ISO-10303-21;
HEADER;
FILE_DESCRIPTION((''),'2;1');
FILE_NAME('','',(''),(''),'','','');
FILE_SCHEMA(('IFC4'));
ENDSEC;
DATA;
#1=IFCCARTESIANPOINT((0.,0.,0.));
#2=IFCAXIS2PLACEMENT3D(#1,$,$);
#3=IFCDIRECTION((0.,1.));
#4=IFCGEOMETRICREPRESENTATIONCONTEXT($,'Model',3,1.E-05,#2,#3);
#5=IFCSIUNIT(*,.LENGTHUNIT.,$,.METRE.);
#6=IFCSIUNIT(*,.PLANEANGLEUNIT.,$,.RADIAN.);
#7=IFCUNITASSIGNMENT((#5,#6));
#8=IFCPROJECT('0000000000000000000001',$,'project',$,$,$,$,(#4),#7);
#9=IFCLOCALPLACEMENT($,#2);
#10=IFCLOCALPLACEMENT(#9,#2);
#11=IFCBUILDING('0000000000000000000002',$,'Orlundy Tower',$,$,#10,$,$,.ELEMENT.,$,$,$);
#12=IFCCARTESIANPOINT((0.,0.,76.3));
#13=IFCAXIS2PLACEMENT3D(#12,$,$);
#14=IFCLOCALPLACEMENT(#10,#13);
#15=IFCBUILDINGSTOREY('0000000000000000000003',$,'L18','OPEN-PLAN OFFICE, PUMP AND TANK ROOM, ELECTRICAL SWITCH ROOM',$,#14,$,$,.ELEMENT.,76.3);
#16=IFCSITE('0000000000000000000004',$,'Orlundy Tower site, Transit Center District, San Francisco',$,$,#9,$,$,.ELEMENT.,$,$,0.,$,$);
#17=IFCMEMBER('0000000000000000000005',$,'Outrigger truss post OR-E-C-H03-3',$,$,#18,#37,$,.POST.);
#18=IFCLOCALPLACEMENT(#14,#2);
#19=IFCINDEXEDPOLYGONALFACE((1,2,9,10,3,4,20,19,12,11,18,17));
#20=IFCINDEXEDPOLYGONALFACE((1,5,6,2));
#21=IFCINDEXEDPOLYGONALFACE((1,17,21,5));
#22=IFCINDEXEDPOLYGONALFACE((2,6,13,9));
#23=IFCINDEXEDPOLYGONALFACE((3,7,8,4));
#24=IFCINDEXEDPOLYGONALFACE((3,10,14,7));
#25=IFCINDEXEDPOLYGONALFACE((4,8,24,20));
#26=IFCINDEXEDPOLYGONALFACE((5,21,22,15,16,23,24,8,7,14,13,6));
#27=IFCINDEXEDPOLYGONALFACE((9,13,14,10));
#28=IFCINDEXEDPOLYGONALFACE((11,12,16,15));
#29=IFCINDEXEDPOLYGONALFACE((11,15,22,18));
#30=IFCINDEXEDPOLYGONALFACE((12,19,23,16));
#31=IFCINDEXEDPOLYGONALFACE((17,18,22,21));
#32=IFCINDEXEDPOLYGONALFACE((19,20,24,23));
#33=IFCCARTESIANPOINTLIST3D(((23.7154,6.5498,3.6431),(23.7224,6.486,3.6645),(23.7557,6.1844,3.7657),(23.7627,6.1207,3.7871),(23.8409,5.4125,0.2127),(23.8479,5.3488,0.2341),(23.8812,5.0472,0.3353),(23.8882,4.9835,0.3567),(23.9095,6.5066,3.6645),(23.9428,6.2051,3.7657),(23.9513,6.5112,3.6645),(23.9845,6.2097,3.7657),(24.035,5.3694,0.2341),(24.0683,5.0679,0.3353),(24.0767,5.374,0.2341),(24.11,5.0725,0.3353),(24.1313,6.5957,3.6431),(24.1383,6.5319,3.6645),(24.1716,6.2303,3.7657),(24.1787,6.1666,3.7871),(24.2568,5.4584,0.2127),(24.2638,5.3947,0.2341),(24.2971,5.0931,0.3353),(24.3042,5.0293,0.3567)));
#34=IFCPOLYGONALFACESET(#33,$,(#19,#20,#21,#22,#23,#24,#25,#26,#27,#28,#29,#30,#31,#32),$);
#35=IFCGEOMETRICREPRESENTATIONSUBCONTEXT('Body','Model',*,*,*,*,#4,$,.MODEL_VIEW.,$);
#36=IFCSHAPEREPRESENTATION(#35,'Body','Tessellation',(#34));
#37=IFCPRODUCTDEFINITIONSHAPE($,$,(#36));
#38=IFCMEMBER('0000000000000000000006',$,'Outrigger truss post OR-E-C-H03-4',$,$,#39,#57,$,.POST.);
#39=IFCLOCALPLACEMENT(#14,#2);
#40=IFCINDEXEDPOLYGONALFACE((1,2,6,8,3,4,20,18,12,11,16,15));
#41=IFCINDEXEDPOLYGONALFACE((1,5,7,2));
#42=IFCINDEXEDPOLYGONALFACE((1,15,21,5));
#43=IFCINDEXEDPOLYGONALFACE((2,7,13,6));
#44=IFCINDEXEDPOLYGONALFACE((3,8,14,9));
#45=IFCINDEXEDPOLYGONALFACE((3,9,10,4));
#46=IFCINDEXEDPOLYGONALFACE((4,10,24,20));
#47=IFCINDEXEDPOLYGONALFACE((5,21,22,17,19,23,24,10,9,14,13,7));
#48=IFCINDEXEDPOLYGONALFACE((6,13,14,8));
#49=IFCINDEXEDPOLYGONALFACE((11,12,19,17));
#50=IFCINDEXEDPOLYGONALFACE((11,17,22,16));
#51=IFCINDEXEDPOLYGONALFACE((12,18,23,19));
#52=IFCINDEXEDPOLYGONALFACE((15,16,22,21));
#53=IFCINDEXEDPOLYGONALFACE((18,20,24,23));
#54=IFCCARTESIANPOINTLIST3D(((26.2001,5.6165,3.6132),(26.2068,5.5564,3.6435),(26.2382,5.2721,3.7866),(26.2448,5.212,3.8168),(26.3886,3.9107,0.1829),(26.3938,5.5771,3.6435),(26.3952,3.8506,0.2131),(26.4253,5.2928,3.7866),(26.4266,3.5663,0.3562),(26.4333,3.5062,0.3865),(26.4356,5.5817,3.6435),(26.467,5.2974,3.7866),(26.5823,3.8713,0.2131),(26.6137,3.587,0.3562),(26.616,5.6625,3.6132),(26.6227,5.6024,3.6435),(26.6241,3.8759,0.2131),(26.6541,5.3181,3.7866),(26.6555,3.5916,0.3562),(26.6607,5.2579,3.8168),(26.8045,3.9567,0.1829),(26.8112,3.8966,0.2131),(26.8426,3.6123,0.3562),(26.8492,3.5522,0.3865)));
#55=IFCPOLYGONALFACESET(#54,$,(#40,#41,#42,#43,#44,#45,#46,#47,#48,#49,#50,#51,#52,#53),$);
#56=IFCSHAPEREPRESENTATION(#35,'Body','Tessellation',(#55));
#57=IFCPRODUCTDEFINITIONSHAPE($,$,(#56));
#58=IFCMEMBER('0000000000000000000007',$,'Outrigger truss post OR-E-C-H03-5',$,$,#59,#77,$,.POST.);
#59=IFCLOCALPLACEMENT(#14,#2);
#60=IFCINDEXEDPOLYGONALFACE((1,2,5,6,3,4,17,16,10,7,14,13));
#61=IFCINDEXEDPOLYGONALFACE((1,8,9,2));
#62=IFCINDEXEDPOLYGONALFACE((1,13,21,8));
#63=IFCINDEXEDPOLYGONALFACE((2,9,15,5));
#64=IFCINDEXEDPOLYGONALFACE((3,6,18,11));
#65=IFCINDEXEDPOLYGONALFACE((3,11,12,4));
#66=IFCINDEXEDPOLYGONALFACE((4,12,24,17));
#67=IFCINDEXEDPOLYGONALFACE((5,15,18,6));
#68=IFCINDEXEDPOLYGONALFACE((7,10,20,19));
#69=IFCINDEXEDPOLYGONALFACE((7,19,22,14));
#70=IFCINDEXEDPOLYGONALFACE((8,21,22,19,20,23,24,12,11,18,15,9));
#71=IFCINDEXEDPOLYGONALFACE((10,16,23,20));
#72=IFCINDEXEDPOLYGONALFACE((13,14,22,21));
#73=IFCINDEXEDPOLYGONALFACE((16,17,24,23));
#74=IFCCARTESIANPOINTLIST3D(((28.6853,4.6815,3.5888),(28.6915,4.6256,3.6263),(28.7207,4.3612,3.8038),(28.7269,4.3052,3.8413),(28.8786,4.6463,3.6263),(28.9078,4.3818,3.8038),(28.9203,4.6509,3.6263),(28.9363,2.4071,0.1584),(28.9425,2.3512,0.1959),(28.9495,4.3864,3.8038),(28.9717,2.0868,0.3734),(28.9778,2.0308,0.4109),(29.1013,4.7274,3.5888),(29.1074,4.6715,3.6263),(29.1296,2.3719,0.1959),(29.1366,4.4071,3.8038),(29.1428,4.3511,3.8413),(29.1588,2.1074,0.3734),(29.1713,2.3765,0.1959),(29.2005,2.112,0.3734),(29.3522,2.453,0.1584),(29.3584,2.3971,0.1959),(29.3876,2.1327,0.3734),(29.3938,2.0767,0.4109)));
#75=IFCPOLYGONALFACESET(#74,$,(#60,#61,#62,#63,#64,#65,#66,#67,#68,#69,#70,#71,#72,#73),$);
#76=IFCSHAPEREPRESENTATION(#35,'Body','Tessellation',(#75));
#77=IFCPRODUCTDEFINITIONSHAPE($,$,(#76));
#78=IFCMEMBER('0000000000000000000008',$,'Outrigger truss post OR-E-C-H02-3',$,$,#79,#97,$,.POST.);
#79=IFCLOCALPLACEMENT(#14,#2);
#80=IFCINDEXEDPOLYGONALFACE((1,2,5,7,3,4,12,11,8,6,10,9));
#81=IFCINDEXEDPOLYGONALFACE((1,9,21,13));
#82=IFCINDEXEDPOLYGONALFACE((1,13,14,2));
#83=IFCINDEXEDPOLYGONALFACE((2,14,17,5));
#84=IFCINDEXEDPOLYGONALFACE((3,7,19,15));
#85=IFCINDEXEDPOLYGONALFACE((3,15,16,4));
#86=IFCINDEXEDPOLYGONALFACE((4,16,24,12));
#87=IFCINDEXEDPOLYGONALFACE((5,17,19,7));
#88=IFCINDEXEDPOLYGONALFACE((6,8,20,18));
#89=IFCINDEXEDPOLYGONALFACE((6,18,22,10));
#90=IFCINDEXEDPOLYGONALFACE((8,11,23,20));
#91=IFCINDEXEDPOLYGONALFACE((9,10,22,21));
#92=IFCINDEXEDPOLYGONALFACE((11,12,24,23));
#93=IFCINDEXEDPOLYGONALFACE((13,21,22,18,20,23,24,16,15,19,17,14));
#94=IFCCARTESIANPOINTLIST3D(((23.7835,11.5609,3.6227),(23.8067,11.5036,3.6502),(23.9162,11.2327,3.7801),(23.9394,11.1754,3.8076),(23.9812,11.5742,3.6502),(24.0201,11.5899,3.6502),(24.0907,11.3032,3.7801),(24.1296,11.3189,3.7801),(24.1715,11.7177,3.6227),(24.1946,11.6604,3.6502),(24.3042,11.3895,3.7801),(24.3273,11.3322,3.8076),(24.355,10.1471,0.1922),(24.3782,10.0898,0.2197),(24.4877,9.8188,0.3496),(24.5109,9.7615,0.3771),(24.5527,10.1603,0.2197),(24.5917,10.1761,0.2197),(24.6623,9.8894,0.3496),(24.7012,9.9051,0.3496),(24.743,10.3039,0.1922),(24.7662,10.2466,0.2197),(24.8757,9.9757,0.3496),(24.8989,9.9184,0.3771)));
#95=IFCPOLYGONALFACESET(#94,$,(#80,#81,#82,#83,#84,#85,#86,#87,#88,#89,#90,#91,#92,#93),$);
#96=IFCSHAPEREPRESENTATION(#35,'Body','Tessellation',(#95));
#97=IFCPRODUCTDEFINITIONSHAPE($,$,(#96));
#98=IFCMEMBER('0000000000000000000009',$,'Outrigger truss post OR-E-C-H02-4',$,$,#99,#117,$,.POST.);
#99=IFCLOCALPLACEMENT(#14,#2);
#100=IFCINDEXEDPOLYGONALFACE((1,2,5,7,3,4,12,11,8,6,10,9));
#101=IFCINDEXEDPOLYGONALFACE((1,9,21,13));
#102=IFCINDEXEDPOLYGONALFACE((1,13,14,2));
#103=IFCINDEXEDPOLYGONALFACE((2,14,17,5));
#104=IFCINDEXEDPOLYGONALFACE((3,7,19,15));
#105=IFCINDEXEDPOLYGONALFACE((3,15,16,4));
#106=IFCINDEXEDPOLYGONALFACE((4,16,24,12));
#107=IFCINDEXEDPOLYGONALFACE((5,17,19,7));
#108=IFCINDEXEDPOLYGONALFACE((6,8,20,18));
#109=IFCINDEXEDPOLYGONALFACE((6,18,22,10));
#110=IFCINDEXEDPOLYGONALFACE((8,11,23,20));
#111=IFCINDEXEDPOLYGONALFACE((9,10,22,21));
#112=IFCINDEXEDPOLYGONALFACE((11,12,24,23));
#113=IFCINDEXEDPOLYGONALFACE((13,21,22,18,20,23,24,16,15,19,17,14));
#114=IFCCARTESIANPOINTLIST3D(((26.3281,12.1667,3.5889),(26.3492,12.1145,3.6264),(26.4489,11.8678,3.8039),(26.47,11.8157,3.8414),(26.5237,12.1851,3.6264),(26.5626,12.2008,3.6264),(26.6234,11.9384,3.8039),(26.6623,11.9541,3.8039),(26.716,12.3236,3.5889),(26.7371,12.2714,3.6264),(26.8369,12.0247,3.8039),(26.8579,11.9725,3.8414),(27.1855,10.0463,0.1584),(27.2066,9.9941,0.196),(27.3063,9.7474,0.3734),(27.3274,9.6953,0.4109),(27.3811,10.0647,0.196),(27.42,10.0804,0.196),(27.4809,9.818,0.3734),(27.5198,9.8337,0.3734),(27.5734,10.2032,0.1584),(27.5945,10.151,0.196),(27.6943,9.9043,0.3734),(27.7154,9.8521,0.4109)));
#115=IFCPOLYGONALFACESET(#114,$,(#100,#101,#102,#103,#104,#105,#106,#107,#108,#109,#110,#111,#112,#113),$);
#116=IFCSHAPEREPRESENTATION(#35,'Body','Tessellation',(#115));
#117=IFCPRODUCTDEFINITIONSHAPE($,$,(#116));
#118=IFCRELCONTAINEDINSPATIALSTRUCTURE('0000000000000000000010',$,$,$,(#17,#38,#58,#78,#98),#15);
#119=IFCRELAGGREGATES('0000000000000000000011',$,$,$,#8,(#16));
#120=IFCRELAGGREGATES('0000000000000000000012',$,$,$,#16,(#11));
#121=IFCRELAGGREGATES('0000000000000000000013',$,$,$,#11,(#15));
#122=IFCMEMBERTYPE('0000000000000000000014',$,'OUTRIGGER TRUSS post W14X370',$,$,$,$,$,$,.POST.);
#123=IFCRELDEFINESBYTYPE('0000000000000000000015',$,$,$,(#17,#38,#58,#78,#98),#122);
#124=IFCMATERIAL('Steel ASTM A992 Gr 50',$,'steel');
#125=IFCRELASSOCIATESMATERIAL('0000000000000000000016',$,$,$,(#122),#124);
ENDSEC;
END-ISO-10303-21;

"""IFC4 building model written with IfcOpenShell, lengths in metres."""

from ifc_helpers import new_model, si_unit, direction, frame, origin, origin_2d, place, context, subcontext, project, spatial, i_section, extrude, material, material_profile, profile_set, type_object, element, save


model = new_model("IFC4")

# Units and contexts
model_context = context("Model", 3, precision=1e-05, world=origin(), true_north=direction((0.0, 1.0)))
body_context = subcontext(model_context, "Body", "Model", "MODEL_VIEW")
ifc_project = project(units=[si_unit("LENGTHUNIT", "METRE"), si_unit("PLANEANGLEUNIT", "RADIAN")], contexts=[model_context])

# Site, building, storey
site_placement = place(None, origin())
site = spatial("IfcSite", under=ifc_project, at=site_placement, Name="Orlundy Tower site, Transit Center District, San Francisco", CompositionType="ELEMENT", RefElevation=0.0)
building_placement = place(site_placement, origin())
building = spatial("IfcBuilding", under=site, at=building_placement, Name="Orlundy Tower", CompositionType="ELEMENT")
storey_placement = place(building_placement, frame((0.0, 0.0, 76.3)))
storey = spatial("IfcBuildingStorey", under=building, at=storey_placement, Name="L18", Description="OPEN-PLAN OFFICE, PUMP AND TANK ROOM, ELECTRICAL SWITCH ROOM", CompositionType="ELEMENT", Elevation=76.3)

# Members
ifc_material_1 = material(Name="Steel ASTM A992 Gr 50", Category="steel")
ifc_material_profile_1 = material_profile(ifc_material_1, i_section(OverallWidth=0.4185, OverallDepth=0.4551, WebThickness=0.042, FlangeThickness=0.0676, at=origin_2d()), Name="W14X370")
ifc_profile_set_1 = profile_set([ifc_material_profile_1], Name="Steel ASTM A992 Gr 50")
member_type_1 = type_object("IfcMemberType", Name="OUTRIGGER TRUSS post W14X370", PredefinedType="POST", material=ifc_profile_set_1)
member_1_placement = place(storey_placement, frame((24.0725, 5.2209, 0.2847), z_axis=(-0.034702, 0.314477, 0.94863), x_axis=(-0.993967, -0.109682, 0.0)))
element("IfcMember", 1, at=member_1_placement, inside=storey, type_object=member_type_1, Name="Outrigger truss post OR-E-C-H03-3", PredefinedType="POST", context=body_context, shape_type="SweptSolid", body=[
    extrude(i_section(OverallWidth=0.4185, OverallDepth=0.4551, WebThickness=0.042, FlangeThickness=0.0676, at=origin_2d()), origin(), (0.0, 0.0, 1.0), 3.6162),
])
member_2_placement = place(storey_placement, frame((26.6189, 3.7314, 0.2847), z_axis=(-0.049137, 0.444712, 0.894325), x_axis=(-0.993951, -0.109823, 0.0)))
element("IfcMember", 2, at=member_2_placement, inside=storey, type_object=member_type_1, Name="Outrigger truss post OR-E-C-H03-4", PredefinedType="POST", context=body_context, shape_type="SweptSolid", body=[
    extrude(i_section(OverallWidth=0.4185, OverallDepth=0.4551, WebThickness=0.042, FlangeThickness=0.0676, at=origin_2d()), origin(), (0.0, 0.0, 1.0), 3.8357),
])
member_3_placement = place(storey_placement, frame((29.165, 2.2419, 0.2847), z_axis=(-0.060864, 0.551566, 0.831908), x_axis=(-0.993967, -0.109682, 0.0)))
element("IfcMember", 3, at=member_3_placement, inside=storey, type_object=member_type_1, Name="Outrigger truss post OR-E-C-H03-5", PredefinedType="POST", context=body_context, shape_type="SweptSolid", body=[
    extrude(i_section(OverallWidth=0.4185, OverallDepth=0.4551, WebThickness=0.042, FlangeThickness=0.0676, at=origin_2d()), origin(), (0.0, 0.0, 1.0), 4.1235),
])
member_4_placement = place(storey_placement, frame((24.627, 10.0327, 0.2847), z_axis=(-0.152242, 0.376606, 0.913778), x_axis=(-0.927112, -0.374783, 0.0)))
element("IfcMember", 4, at=member_4_placement, inside=storey, type_object=member_type_1, Name="Outrigger truss post OR-E-C-H02-3", PredefinedType="POST", context=body_context, shape_type="SweptSolid", body=[
    extrude(i_section(OverallWidth=0.4185, OverallDepth=0.4551, WebThickness=0.042, FlangeThickness=0.0676, at=origin_2d()), origin(), (0.0, 0.0, 1.0), 3.7542),
])
member_5_placement = place(storey_placement, frame((27.4504, 9.9492, 0.2847), z_axis=(-0.207962, 0.51428, 0.832026), x_axis=(-0.927071, -0.374885, 0.0)))
element("IfcMember", 5, at=member_5_placement, inside=storey, type_object=member_type_1, Name="Outrigger truss post OR-E-C-H02-4", PredefinedType="POST", context=body_context, shape_type="SweptSolid", body=[
    extrude(i_section(OverallWidth=0.4185, OverallDepth=0.4551, WebThickness=0.042, FlangeThickness=0.0676, at=origin_2d()), origin(), (0.0, 0.0, 1.0), 4.123),
])

save(model, "model.ifc")
